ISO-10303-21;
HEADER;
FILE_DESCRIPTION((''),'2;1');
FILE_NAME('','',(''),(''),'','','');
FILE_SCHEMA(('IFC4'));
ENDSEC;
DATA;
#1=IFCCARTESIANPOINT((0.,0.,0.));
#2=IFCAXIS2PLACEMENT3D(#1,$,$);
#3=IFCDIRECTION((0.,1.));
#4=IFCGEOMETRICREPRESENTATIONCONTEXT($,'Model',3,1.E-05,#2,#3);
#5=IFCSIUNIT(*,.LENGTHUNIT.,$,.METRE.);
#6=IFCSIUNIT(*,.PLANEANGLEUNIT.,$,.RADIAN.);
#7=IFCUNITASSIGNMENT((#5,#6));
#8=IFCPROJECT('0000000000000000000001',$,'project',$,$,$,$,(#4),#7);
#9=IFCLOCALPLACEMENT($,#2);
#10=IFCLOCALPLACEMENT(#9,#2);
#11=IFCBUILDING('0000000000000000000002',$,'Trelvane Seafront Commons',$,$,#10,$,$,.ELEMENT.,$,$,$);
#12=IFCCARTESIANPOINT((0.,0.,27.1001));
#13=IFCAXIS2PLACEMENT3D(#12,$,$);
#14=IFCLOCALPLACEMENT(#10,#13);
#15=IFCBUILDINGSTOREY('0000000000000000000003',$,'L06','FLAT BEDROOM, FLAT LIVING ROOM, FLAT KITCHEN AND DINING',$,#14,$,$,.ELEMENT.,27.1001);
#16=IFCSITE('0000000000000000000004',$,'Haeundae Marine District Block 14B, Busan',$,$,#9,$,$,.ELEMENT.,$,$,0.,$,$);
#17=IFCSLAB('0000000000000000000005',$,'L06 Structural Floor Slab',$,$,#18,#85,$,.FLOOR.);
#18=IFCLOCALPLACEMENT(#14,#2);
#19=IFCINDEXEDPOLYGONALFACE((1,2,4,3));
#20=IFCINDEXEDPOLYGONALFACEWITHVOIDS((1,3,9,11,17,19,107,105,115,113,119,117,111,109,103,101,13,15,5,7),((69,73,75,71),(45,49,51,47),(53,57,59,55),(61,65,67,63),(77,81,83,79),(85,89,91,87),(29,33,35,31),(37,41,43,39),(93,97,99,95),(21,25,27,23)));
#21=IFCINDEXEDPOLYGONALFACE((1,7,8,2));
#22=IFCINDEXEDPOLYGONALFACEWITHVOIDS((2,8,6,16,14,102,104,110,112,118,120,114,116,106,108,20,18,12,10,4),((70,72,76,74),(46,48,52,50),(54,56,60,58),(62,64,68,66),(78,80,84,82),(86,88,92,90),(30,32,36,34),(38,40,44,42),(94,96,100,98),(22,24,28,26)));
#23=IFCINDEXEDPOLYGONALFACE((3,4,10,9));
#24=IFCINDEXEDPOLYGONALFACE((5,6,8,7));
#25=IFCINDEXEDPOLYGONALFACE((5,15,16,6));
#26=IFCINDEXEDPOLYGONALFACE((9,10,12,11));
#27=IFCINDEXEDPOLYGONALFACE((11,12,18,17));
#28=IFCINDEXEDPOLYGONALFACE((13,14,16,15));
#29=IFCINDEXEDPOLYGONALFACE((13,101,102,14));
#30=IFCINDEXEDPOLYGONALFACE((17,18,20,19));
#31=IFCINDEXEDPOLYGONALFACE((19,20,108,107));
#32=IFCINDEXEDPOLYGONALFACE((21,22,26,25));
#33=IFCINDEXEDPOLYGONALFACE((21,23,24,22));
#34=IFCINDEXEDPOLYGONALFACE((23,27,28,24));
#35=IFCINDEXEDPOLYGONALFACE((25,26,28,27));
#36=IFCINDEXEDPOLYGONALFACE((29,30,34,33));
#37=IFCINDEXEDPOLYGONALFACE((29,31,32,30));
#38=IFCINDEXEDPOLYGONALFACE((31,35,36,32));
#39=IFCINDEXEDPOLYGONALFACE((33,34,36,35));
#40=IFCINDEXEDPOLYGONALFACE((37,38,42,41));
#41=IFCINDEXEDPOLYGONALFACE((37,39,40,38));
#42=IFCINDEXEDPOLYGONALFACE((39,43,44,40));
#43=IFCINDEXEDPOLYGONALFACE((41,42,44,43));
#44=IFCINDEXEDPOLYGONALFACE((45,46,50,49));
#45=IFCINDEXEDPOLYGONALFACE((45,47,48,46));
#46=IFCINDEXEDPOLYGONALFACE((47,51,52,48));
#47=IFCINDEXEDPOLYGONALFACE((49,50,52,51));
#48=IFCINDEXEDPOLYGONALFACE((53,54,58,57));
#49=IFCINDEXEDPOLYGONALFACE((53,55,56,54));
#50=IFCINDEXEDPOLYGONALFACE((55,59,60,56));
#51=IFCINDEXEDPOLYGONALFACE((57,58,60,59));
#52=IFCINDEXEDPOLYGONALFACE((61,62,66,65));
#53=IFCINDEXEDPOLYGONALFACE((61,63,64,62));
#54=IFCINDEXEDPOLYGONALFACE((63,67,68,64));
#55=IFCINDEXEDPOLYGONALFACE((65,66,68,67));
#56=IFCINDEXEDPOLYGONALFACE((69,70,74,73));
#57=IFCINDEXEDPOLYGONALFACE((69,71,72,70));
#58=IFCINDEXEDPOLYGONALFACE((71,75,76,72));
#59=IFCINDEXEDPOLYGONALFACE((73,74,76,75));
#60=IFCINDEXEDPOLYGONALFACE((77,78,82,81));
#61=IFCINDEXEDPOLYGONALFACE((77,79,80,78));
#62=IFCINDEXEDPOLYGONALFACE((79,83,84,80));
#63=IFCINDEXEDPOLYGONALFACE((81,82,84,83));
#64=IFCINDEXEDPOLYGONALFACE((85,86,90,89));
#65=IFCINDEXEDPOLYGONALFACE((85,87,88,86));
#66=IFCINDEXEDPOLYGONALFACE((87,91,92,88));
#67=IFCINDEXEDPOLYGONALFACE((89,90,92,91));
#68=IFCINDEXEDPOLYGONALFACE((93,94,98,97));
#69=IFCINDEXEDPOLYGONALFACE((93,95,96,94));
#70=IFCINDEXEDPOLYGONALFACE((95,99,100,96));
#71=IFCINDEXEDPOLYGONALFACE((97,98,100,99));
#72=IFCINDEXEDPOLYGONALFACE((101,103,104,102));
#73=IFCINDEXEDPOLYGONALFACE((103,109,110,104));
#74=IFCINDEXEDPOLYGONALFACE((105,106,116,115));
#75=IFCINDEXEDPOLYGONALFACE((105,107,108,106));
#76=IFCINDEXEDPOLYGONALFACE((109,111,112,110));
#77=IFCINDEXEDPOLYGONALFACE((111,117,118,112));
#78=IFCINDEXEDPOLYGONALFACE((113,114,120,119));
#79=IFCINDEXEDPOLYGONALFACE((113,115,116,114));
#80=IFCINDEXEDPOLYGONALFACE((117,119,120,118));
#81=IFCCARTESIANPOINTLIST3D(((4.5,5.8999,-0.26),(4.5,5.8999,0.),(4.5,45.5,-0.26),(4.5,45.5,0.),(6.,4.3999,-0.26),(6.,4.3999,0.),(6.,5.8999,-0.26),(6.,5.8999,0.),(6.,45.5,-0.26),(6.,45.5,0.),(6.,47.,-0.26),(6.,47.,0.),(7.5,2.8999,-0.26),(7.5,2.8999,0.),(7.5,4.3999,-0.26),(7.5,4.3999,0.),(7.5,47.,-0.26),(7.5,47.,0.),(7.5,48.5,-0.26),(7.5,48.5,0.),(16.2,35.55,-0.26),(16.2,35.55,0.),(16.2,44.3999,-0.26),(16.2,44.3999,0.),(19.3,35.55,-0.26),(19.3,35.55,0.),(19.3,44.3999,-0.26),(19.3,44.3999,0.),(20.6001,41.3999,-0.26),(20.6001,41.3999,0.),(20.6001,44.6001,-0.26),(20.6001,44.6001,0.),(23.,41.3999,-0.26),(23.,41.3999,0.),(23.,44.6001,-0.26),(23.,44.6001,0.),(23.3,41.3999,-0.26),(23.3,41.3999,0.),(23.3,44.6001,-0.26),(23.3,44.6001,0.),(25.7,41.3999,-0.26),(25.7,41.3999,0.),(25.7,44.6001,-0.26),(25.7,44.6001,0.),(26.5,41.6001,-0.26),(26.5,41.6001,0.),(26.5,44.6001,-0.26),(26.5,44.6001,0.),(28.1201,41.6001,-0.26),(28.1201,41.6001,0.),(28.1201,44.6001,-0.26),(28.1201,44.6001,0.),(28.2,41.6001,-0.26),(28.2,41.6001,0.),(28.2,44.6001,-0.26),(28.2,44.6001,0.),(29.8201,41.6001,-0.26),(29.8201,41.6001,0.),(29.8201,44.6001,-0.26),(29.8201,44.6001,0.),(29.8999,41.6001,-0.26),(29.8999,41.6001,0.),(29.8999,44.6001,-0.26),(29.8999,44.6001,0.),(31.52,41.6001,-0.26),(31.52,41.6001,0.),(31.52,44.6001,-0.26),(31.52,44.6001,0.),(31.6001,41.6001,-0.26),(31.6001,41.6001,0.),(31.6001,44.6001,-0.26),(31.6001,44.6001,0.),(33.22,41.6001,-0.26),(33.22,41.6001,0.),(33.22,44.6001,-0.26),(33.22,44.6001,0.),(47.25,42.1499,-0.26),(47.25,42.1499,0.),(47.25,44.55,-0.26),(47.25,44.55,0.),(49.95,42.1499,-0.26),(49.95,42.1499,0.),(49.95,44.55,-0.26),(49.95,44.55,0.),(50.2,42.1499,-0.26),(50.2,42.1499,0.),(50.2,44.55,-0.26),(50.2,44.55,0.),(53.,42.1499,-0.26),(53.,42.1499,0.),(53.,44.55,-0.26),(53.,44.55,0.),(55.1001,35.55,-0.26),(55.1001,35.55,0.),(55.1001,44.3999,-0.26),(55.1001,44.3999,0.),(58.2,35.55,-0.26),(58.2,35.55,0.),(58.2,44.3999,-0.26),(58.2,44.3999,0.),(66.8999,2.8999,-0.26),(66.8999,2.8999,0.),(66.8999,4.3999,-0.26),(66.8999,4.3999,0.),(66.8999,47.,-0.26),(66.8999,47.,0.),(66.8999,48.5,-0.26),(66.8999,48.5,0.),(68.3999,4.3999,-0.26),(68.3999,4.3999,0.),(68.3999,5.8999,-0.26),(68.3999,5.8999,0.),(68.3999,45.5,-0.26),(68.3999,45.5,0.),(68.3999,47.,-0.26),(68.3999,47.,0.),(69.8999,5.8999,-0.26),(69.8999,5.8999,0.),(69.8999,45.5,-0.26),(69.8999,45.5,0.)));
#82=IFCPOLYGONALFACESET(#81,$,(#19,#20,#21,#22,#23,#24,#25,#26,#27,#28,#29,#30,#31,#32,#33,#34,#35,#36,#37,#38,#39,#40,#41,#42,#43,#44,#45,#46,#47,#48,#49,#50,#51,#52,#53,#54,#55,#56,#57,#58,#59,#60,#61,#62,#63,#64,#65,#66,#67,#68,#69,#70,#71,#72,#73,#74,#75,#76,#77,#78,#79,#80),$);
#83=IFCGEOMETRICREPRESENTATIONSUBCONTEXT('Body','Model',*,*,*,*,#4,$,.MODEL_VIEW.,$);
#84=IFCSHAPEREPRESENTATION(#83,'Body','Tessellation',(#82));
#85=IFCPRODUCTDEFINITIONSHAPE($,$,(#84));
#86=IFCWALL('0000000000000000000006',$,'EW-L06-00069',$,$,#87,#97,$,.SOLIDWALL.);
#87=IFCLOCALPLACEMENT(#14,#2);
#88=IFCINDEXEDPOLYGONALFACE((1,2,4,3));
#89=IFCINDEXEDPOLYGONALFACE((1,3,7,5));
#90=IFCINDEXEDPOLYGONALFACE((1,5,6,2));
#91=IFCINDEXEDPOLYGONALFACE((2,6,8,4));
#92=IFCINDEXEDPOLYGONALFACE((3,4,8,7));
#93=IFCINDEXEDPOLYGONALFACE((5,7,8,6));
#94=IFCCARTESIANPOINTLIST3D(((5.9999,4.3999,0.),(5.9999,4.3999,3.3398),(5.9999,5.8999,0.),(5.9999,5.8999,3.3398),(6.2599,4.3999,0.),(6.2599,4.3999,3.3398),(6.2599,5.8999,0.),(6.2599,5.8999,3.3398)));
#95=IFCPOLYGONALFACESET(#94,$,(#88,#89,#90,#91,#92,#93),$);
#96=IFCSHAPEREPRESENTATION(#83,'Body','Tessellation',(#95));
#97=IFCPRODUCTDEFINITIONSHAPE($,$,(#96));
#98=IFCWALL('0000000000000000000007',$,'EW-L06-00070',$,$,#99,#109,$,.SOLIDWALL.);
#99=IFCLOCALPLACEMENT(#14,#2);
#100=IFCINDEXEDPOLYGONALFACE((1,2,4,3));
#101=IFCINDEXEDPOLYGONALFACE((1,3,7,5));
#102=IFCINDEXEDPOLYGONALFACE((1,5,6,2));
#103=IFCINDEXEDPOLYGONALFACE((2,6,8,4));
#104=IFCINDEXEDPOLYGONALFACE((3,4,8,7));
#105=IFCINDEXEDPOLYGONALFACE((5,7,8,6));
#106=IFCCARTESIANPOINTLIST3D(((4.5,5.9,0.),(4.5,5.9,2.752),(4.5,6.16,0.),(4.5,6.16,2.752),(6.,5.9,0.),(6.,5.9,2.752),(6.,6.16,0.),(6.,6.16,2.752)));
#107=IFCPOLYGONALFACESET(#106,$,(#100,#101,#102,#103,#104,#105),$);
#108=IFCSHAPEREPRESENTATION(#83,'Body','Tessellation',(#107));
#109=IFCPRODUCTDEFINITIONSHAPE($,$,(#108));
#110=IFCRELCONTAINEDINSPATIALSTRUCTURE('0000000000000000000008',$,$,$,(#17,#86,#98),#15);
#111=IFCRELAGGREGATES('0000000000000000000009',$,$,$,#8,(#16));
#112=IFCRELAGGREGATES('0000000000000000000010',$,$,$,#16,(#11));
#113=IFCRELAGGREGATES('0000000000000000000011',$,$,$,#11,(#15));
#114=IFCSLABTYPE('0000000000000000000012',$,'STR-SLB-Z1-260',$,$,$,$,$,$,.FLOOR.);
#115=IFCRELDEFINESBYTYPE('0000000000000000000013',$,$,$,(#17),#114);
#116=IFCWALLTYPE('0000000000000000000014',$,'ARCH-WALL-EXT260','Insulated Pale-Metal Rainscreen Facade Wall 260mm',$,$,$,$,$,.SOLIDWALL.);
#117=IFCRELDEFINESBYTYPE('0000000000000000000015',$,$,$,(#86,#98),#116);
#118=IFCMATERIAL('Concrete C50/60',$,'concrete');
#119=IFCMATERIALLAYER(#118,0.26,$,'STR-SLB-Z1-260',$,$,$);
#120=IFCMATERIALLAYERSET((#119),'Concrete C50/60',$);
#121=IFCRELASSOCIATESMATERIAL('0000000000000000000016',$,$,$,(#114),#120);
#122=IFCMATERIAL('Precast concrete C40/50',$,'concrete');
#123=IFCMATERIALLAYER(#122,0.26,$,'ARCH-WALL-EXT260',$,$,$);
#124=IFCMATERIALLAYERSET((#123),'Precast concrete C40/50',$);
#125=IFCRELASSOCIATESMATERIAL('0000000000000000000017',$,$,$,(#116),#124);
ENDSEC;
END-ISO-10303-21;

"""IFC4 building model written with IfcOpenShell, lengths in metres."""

from ifc_helpers import new_model, si_unit, direction, frame, frame_2d, origin, place, context, subcontext, project, spatial, polyline, rectangle, outline, extrude, material, layer, layer_set, type_object, element, save


model = new_model("IFC4")

# Units and contexts
model_context = context("Model", 3, precision=1e-05, world=origin(), true_north=direction((0.0, 1.0)))
body_context = subcontext(model_context, "Body", "Model", "MODEL_VIEW")
ifc_project = project(units=[si_unit("LENGTHUNIT", "METRE"), si_unit("PLANEANGLEUNIT", "RADIAN")], contexts=[model_context])

# Site, building, storey
site_placement = place(None, origin())
site = spatial("IfcSite", under=ifc_project, at=site_placement, Name="Haeundae Marine District Block 14B, Busan", CompositionType="ELEMENT", RefElevation=0.0)
building_placement = place(site_placement, origin())
building = spatial("IfcBuilding", under=site, at=building_placement, Name="Trelvane Seafront Commons", CompositionType="ELEMENT")
storey_placement = place(building_placement, frame((0.0, 0.0, 27.1001)))
storey = spatial("IfcBuildingStorey", under=building, at=storey_placement, Name="L06", Description="FLAT BEDROOM, FLAT LIVING ROOM, FLAT KITCHEN AND DINING", CompositionType="ELEMENT", Elevation=27.1001)

# Slab
ifc_material_1 = material(Name="Concrete C50/60", Category="concrete")
ifc_layer_1 = layer(ifc_material_1, 0.26, Name="STR-SLB-Z1-260")
ifc_layer_set_1 = layer_set([ifc_layer_1], Name="Concrete C50/60")
slab_type_1 = type_object("IfcSlabType", Name="STR-SLB-Z1-260", PredefinedType="FLOOR", material=ifc_layer_set_1)
slab_1_placement = place(storey_placement, frame((0.0, 0.0, -0.26)))
element("IfcSlab", 1, at=slab_1_placement, inside=storey, type_object=slab_type_1, Name="L06 Structural Floor Slab", PredefinedType="FLOOR", context=body_context, shape_type="SweptSolid", body=[
    extrude(outline(polyline([(7.5, 2.8999), (66.8999, 2.8999), (66.8999, 4.3999), (68.3999, 4.3999), (68.3999, 5.8999), (69.8999, 5.8999), (69.8999, 45.5), (68.3999, 45.5), (68.3999, 47.0), (66.8999, 47.0), (66.8999, 48.5), (7.5, 48.5), (7.5, 47.0), (6.0, 47.0), (6.0, 45.5), (4.5, 45.5), (4.5, 5.8999), (6.0, 5.8999), (6.0, 4.3999), (7.5, 4.3999), (7.5, 2.8999)]), holes=[polyline([(19.3, 35.55), (16.2, 35.55), (16.2, 44.3999), (19.3, 44.3999), (19.3, 35.55)]), polyline([(58.2, 35.55), (55.1001, 35.55), (55.1001, 44.3999), (58.2, 44.3999), (58.2, 35.55)]), polyline([(23.0, 41.3999), (20.6001, 41.3999), (20.6001, 44.6001), (23.0, 44.6001), (23.0, 41.3999)]), polyline([(23.3, 41.3999), (23.3, 44.6001), (25.7, 44.6001), (25.7, 41.3999), (23.3, 41.3999)]), polyline([(26.5, 41.6001), (26.5, 44.6001), (28.1201, 44.6001), (28.1201, 41.6001), (26.5, 41.6001)]), polyline([(29.8201, 41.6001), (28.2, 41.6001), (28.2, 44.6001), (29.8201, 44.6001), (29.8201, 41.6001)]), polyline([(31.52, 41.6001), (29.8999, 41.6001), (29.8999, 44.6001), (31.52, 44.6001), (31.52, 41.6001)]), polyline([(33.22, 41.6001), (31.6001, 41.6001), (31.6001, 44.6001), (33.22, 44.6001), (33.22, 41.6001)]), polyline([(47.25, 42.1499), (47.25, 44.55), (49.95, 44.55), (49.95, 42.1499), (47.25, 42.1499)]), polyline([(50.2, 42.1499), (50.2, 44.55), (53.0, 44.55), (53.0, 42.1499), (50.2, 42.1499)])]), origin(), (0.0, 0.0, 1.0), 0.26),
])

# Walls
ifc_material_2 = material(Name="Precast concrete C40/50", Category="concrete")
ifc_layer_2 = layer(ifc_material_2, 0.26, Name="ARCH-WALL-EXT260")
ifc_layer_set_2 = layer_set([ifc_layer_2], Name="Precast concrete C40/50")
wall_type_1 = type_object("IfcWallType", Name="ARCH-WALL-EXT260", Description="Insulated Pale-Metal Rainscreen Facade Wall 260mm", PredefinedType="SOLIDWALL", material=ifc_layer_set_2)
wall_1_placement = place(storey_placement, frame((6.1299, 4.3999, 0.0), z_axis=(0.0, 0.0, 1.0), x_axis=(0.0, 1.0, 0.0)))
element("IfcWall", 2, at=wall_1_placement, inside=storey, type_object=wall_type_1, Name="EW-L06-00069", PredefinedType="SOLIDWALL", context=body_context, shape_type="SweptSolid", body=[
    extrude(rectangle(XDim=1.5, YDim=0.26, at=frame_2d((0.75, 0.0))), origin(), (0.0, 0.0, 1.0), 3.3398),
])
wall_2_placement = place(storey_placement, frame((6.0, 6.03, 0.0), z_axis=(0.0, 0.0, 1.0), x_axis=(-1.0, 0.0, 0.0)))
element("IfcWall", 3, at=wall_2_placement, inside=storey, type_object=wall_type_1, Name="EW-L06-00070", PredefinedType="SOLIDWALL", context=body_context, shape_type="SweptSolid", body=[
    extrude(rectangle(XDim=1.5, YDim=0.26, at=frame_2d((0.75, 0.0))), origin(), (0.0, 0.0, 1.0), 2.752),
])

save(model, "model.ifc")
